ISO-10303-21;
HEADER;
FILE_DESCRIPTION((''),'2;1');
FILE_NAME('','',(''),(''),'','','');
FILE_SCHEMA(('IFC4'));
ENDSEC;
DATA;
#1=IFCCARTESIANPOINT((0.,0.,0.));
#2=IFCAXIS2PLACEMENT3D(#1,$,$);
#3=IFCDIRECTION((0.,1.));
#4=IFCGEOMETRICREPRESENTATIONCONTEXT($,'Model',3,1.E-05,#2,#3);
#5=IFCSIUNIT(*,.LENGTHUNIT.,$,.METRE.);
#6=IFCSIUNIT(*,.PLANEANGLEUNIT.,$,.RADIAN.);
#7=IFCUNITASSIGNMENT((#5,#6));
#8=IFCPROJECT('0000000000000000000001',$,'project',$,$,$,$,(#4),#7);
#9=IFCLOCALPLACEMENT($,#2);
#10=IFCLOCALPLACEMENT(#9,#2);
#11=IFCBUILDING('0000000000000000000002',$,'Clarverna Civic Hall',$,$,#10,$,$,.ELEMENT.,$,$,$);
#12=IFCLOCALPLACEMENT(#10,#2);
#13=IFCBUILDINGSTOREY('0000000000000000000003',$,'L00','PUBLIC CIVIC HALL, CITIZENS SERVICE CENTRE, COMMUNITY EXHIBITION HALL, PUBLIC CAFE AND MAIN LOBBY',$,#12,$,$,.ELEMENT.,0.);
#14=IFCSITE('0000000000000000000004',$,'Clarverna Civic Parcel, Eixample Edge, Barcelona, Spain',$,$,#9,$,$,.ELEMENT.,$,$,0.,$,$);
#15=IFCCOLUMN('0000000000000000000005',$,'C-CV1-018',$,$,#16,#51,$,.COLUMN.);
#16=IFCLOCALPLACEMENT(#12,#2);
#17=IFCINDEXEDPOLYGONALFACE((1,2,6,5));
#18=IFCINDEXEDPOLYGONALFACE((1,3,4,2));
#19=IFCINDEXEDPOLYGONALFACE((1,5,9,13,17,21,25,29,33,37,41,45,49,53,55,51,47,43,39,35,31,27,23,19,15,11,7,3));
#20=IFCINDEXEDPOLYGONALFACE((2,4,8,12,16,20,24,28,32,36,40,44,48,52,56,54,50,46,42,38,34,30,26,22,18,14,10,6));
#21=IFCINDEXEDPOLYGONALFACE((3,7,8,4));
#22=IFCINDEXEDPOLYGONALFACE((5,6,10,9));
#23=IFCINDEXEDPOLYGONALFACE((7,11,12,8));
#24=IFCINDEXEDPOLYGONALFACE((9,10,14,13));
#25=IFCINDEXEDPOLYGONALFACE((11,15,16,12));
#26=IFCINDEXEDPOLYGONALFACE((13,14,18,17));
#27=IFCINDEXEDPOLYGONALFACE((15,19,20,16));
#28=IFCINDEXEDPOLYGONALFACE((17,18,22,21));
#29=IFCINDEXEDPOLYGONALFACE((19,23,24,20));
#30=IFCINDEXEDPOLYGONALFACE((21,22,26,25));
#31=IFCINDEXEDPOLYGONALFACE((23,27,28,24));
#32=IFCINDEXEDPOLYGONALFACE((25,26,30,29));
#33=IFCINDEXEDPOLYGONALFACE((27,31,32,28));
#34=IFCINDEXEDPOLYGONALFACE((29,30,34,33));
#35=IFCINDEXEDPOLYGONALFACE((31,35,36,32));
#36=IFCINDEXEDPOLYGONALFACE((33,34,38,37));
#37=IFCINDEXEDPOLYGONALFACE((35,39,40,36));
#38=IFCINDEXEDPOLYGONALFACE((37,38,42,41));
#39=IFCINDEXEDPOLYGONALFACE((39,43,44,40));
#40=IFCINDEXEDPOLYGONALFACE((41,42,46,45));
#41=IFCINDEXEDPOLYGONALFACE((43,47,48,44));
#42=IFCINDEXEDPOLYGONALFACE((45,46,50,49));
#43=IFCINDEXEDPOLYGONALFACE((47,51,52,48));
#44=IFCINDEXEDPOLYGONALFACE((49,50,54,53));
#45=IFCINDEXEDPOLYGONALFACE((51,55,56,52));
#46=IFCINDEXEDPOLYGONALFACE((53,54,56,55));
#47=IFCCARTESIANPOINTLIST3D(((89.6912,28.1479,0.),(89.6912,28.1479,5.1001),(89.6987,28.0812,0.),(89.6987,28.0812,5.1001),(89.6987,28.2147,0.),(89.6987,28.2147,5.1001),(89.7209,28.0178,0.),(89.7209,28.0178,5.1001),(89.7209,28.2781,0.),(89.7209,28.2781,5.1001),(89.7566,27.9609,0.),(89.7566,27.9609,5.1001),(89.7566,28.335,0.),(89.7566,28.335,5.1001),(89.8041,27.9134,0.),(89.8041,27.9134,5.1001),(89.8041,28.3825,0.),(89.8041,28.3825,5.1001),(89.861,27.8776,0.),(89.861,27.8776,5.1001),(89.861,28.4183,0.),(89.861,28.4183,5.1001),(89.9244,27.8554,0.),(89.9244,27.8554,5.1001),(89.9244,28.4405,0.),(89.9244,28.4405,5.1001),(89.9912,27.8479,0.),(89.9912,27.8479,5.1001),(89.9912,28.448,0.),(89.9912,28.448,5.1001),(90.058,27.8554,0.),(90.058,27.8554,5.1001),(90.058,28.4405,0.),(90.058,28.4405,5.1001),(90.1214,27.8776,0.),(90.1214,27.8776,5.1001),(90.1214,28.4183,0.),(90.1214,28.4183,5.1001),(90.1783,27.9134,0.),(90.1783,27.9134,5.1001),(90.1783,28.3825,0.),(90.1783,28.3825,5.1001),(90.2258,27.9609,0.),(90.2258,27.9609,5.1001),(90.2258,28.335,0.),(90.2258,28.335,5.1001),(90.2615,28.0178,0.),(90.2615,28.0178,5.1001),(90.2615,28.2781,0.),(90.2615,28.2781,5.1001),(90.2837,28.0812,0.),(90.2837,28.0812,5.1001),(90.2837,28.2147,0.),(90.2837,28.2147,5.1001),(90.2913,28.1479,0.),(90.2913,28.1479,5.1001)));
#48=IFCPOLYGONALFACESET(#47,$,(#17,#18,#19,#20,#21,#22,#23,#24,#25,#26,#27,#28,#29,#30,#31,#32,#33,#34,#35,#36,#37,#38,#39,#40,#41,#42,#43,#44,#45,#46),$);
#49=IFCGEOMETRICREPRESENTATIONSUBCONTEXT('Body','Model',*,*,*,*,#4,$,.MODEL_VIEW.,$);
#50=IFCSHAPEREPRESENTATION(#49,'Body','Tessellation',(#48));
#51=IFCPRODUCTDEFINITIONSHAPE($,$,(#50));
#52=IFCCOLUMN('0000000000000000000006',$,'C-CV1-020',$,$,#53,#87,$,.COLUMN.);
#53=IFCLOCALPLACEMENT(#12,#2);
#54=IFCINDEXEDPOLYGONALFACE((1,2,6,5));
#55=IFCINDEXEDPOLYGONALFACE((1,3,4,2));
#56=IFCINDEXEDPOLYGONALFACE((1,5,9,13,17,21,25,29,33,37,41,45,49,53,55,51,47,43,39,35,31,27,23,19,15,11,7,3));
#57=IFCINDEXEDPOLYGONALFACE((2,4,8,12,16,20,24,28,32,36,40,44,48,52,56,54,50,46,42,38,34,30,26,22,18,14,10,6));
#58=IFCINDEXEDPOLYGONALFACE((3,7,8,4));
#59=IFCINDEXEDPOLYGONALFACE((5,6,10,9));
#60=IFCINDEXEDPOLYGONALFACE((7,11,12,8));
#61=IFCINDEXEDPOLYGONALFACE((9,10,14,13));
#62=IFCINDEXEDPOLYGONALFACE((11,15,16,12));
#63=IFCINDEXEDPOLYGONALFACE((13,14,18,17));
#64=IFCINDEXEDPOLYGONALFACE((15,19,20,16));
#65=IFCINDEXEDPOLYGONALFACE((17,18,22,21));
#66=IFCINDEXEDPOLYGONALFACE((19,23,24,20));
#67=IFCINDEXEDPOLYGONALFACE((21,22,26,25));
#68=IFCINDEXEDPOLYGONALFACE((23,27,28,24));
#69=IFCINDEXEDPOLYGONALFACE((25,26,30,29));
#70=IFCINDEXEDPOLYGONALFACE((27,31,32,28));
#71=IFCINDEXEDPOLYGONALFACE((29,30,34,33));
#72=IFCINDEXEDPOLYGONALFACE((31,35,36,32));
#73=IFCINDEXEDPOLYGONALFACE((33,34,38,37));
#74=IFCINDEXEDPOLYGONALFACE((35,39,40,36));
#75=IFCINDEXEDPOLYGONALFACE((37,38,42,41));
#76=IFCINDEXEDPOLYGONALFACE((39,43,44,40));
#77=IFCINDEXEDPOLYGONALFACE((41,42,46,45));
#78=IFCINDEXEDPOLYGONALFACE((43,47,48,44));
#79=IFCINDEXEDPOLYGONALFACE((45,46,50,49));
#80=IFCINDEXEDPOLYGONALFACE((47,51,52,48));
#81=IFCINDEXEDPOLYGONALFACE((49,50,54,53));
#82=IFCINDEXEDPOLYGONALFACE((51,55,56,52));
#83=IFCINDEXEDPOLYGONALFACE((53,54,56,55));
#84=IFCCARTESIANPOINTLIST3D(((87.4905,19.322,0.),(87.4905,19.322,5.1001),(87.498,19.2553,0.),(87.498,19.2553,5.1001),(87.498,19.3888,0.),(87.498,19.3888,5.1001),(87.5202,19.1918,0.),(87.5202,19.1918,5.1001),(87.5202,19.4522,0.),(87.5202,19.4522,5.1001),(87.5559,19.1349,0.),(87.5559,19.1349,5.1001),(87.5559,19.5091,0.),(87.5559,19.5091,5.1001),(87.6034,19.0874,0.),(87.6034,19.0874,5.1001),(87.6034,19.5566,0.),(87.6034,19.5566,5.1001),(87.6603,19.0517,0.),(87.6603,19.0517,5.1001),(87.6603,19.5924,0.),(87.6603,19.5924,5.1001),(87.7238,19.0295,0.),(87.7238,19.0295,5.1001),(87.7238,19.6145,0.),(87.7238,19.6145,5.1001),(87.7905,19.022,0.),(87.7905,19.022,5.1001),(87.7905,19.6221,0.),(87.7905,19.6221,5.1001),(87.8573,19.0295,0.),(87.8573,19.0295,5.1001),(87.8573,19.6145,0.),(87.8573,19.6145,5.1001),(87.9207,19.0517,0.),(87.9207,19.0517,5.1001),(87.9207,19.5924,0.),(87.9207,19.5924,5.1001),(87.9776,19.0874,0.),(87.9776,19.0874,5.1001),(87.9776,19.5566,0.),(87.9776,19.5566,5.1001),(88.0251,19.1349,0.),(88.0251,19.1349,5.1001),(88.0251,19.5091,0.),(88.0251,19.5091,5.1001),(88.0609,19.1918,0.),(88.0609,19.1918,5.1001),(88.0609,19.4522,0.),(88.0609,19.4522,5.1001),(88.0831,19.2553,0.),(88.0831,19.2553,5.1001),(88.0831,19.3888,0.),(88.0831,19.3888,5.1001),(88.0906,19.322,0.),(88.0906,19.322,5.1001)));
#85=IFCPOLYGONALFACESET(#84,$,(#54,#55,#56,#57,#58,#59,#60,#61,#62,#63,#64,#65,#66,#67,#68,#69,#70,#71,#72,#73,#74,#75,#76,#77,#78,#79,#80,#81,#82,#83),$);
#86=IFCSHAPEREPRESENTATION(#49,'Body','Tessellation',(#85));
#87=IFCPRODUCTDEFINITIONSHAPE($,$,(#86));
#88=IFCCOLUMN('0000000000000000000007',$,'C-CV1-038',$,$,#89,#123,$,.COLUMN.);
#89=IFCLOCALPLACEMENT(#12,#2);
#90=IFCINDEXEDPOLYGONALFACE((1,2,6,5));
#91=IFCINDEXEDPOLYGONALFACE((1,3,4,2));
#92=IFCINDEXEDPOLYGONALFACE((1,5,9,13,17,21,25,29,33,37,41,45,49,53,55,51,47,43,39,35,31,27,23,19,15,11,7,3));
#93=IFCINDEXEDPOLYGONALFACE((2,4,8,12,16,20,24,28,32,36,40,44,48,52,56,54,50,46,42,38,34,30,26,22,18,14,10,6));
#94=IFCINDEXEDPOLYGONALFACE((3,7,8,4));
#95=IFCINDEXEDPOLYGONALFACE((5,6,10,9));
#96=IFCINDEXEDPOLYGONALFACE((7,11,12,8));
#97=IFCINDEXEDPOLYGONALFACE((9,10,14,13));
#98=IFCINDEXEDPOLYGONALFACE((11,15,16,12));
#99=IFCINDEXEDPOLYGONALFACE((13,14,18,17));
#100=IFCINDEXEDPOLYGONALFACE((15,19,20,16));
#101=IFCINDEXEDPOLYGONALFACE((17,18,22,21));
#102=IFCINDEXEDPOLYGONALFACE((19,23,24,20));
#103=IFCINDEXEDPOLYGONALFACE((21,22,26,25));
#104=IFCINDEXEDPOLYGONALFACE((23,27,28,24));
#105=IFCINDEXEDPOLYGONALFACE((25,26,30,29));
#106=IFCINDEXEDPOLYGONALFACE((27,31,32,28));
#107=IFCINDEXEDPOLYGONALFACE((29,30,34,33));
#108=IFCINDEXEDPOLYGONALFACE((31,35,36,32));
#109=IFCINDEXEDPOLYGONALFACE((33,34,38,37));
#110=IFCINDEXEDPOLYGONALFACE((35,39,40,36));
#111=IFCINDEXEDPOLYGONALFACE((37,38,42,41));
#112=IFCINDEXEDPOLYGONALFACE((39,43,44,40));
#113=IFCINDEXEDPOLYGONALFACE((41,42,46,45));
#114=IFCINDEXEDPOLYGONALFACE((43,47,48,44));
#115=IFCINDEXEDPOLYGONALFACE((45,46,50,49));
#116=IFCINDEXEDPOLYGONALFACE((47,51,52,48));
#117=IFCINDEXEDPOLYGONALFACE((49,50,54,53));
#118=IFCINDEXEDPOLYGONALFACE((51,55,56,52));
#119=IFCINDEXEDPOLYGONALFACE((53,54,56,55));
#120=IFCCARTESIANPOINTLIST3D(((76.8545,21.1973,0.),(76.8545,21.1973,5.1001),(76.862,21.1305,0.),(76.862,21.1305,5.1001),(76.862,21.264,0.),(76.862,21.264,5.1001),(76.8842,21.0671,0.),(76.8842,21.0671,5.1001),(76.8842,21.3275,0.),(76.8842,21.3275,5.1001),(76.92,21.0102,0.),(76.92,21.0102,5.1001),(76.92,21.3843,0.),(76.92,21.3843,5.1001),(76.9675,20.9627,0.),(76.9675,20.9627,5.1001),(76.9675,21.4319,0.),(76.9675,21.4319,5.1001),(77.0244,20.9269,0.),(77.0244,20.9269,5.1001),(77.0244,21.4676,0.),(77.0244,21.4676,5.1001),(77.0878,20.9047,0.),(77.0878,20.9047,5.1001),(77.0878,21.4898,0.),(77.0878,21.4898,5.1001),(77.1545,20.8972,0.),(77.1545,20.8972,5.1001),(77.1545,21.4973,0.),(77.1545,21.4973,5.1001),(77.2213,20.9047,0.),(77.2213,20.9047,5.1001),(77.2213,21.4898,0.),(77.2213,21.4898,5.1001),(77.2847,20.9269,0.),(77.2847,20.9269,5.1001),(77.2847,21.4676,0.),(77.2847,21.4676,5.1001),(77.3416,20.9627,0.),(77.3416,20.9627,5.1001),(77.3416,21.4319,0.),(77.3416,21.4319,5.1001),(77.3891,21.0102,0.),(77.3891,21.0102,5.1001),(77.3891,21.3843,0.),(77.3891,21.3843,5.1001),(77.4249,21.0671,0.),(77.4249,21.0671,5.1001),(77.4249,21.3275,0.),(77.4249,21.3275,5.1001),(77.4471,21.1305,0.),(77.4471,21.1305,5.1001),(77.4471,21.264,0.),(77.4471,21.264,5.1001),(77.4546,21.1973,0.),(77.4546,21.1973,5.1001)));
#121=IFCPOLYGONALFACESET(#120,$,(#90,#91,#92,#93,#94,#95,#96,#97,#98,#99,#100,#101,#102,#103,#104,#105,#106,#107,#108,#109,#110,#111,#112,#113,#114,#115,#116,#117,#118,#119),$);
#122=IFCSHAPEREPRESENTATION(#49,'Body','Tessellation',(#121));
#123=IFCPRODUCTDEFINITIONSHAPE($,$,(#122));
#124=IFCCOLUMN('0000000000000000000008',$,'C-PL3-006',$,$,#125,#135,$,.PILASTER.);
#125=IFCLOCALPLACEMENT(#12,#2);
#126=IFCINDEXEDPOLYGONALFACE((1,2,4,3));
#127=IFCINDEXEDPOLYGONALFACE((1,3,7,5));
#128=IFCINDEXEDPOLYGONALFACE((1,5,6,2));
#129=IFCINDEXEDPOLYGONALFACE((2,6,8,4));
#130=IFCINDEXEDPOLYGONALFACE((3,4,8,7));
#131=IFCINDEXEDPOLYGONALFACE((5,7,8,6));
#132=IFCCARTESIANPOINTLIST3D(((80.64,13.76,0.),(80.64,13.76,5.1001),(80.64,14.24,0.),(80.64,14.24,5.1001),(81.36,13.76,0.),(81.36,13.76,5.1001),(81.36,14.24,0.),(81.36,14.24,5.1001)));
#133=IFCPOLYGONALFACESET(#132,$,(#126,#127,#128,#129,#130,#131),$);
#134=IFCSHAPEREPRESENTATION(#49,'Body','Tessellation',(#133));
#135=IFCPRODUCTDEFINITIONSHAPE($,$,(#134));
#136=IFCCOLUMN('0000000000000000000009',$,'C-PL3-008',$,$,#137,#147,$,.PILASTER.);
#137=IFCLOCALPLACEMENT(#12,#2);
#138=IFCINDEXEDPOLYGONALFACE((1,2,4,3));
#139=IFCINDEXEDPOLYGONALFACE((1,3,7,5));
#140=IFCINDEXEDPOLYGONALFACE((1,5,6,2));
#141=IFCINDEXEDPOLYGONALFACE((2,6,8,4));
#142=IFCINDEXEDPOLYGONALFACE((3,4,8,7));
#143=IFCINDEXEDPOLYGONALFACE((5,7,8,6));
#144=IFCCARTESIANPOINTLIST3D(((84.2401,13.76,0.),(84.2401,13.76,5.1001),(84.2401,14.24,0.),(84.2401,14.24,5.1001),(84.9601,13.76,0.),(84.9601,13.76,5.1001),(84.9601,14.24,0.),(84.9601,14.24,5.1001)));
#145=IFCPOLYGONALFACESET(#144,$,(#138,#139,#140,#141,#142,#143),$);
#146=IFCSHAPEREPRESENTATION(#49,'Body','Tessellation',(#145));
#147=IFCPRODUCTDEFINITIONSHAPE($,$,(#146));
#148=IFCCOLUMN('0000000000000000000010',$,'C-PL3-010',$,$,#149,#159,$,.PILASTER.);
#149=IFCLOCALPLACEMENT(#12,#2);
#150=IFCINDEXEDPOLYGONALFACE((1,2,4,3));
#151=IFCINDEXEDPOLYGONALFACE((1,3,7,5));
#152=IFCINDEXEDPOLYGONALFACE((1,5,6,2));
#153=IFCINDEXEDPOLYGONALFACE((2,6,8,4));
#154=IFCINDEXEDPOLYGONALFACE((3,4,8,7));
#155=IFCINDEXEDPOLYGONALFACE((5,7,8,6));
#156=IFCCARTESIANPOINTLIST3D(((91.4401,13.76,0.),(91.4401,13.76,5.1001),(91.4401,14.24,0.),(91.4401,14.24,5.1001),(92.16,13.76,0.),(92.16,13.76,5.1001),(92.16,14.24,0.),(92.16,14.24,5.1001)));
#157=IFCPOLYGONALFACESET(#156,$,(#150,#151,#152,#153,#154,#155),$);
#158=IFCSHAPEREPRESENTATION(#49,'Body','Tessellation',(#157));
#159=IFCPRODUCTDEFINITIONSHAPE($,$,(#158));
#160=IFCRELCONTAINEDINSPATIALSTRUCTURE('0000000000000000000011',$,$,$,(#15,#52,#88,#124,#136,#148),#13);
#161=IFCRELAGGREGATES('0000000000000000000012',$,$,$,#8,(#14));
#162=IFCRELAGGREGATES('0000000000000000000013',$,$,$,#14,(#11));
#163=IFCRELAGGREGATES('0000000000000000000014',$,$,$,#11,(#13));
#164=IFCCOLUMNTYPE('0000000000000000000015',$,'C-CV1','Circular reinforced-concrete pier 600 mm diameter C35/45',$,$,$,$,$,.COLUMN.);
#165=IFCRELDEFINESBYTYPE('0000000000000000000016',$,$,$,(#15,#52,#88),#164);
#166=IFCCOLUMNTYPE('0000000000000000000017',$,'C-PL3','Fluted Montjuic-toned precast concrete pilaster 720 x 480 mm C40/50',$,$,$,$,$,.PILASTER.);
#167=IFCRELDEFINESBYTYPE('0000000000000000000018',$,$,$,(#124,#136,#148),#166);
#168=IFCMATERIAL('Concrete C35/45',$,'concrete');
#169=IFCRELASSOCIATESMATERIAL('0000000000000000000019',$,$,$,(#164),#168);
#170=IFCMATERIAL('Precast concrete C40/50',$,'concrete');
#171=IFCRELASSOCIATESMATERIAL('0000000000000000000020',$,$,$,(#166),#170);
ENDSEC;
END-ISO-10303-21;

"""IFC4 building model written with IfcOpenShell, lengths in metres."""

from ifc_helpers import new_model, si_unit, direction, frame, origin, origin_2d, place, context, subcontext, project, spatial, rectangle, circle, extrude, material, material_profile, profile_set, type_object, element, save


model = new_model("IFC4")

# Units and contexts
model_context = context("Model", 3, precision=1e-05, world=origin(), true_north=direction((0.0, 1.0)))
body_context = subcontext(model_context, "Body", "Model", "MODEL_VIEW")
ifc_project = project(units=[si_unit("LENGTHUNIT", "METRE"), si_unit("PLANEANGLEUNIT", "RADIAN")], contexts=[model_context])

# Site, building, storey
site_placement = place(None, origin())
site = spatial("IfcSite", under=ifc_project, at=site_placement, Name="Clarverna Civic Parcel, Eixample Edge, Barcelona, Spain", CompositionType="ELEMENT", RefElevation=0.0)
building_placement = place(site_placement, origin())
building = spatial("IfcBuilding", under=site, at=building_placement, Name="Clarverna Civic Hall", CompositionType="ELEMENT")
storey_placement = place(building_placement, origin())
storey = spatial("IfcBuildingStorey", under=building, at=storey_placement, Name="L00", Description="PUBLIC CIVIC HALL, CITIZENS SERVICE CENTRE, COMMUNITY EXHIBITION HALL, PUBLIC CAFE AND MAIN LOBBY", CompositionType="ELEMENT", Elevation=0.0)

# Columns
ifc_material_1 = material(Name="Concrete C35/45", Category="concrete")
ifc_material_profile_1 = material_profile(ifc_material_1, circle(Radius=0.3, at=origin_2d()), Name="RC D600")
ifc_profile_set_1 = profile_set([ifc_material_profile_1], Name="Concrete C35/45")
column_type_1 = type_object("IfcColumnType", Name="C-CV1", Description="Circular reinforced-concrete pier 600 mm diameter C35/45", PredefinedType="COLUMN", material=ifc_profile_set_1)
for number, where, z_axis, x_axis, name in (
    (1, (89.9912, 28.1479, 0.0), (0.0, 0.0, 1.0), (1.0, 0.0, 0.0), "C-CV1-018"),
    (2, (87.7905, 19.322, 0.0), (0.0, 0.0, 1.0), (1.0, 0.0, 0.0), "C-CV1-020"),
    (3, (77.1545, 21.1973, 0.0), (0.0, 0.0, 1.0), (1.0, 0.0, 0.0), "C-CV1-038"),
):
    element("IfcColumn", number, at=place(storey_placement, frame(where, z_axis=z_axis, x_axis=x_axis)), inside=storey, type_object=column_type_1, Name=name, PredefinedType="COLUMN", context=body_context, shape_type="SweptSolid", body=[
        extrude(circle(Radius=0.3, at=origin_2d()), origin(), (0.0, 0.0, 1.0), 5.1001),
    ])
ifc_material_2 = material(Name="Precast concrete C40/50", Category="concrete")
ifc_material_profile_2 = material_profile(ifc_material_2, rectangle(XDim=0.72, YDim=0.48, at=origin_2d()), Name="PILASTER 720x480")
ifc_profile_set_2 = profile_set([ifc_material_profile_2], Name="Precast concrete C40/50")
column_type_2 = type_object("IfcColumnType", Name="C-PL3", Description="Fluted Montjuic-toned precast concrete pilaster 720 x 480 mm C40/50", PredefinedType="PILASTER", material=ifc_profile_set_2)
for number, where, z_axis, x_axis, name in (
    (4, (81.0, 14.0, 0.0), (0.0, 0.0, 1.0), (1.0, 0.0, 0.0), "C-PL3-006"),
    (5, (84.6001, 14.0, 0.0), (0.0, 0.0, 1.0), (1.0, 0.0, 0.0), "C-PL3-008"),
    (6, (91.8, 14.0, 0.0), (0.0, 0.0, 1.0), (1.0, 0.0, 0.0), "C-PL3-010"),
):
    element("IfcColumn", number, at=place(storey_placement, frame(where, z_axis=z_axis, x_axis=x_axis)), inside=storey, type_object=column_type_2, Name=name, PredefinedType="PILASTER", context=body_context, shape_type="SweptSolid", body=[
        extrude(rectangle(XDim=0.72, YDim=0.48, at=origin_2d()), origin(), (0.0, 0.0, 1.0), 5.1001),
    ])

save(model, "model.ifc")
